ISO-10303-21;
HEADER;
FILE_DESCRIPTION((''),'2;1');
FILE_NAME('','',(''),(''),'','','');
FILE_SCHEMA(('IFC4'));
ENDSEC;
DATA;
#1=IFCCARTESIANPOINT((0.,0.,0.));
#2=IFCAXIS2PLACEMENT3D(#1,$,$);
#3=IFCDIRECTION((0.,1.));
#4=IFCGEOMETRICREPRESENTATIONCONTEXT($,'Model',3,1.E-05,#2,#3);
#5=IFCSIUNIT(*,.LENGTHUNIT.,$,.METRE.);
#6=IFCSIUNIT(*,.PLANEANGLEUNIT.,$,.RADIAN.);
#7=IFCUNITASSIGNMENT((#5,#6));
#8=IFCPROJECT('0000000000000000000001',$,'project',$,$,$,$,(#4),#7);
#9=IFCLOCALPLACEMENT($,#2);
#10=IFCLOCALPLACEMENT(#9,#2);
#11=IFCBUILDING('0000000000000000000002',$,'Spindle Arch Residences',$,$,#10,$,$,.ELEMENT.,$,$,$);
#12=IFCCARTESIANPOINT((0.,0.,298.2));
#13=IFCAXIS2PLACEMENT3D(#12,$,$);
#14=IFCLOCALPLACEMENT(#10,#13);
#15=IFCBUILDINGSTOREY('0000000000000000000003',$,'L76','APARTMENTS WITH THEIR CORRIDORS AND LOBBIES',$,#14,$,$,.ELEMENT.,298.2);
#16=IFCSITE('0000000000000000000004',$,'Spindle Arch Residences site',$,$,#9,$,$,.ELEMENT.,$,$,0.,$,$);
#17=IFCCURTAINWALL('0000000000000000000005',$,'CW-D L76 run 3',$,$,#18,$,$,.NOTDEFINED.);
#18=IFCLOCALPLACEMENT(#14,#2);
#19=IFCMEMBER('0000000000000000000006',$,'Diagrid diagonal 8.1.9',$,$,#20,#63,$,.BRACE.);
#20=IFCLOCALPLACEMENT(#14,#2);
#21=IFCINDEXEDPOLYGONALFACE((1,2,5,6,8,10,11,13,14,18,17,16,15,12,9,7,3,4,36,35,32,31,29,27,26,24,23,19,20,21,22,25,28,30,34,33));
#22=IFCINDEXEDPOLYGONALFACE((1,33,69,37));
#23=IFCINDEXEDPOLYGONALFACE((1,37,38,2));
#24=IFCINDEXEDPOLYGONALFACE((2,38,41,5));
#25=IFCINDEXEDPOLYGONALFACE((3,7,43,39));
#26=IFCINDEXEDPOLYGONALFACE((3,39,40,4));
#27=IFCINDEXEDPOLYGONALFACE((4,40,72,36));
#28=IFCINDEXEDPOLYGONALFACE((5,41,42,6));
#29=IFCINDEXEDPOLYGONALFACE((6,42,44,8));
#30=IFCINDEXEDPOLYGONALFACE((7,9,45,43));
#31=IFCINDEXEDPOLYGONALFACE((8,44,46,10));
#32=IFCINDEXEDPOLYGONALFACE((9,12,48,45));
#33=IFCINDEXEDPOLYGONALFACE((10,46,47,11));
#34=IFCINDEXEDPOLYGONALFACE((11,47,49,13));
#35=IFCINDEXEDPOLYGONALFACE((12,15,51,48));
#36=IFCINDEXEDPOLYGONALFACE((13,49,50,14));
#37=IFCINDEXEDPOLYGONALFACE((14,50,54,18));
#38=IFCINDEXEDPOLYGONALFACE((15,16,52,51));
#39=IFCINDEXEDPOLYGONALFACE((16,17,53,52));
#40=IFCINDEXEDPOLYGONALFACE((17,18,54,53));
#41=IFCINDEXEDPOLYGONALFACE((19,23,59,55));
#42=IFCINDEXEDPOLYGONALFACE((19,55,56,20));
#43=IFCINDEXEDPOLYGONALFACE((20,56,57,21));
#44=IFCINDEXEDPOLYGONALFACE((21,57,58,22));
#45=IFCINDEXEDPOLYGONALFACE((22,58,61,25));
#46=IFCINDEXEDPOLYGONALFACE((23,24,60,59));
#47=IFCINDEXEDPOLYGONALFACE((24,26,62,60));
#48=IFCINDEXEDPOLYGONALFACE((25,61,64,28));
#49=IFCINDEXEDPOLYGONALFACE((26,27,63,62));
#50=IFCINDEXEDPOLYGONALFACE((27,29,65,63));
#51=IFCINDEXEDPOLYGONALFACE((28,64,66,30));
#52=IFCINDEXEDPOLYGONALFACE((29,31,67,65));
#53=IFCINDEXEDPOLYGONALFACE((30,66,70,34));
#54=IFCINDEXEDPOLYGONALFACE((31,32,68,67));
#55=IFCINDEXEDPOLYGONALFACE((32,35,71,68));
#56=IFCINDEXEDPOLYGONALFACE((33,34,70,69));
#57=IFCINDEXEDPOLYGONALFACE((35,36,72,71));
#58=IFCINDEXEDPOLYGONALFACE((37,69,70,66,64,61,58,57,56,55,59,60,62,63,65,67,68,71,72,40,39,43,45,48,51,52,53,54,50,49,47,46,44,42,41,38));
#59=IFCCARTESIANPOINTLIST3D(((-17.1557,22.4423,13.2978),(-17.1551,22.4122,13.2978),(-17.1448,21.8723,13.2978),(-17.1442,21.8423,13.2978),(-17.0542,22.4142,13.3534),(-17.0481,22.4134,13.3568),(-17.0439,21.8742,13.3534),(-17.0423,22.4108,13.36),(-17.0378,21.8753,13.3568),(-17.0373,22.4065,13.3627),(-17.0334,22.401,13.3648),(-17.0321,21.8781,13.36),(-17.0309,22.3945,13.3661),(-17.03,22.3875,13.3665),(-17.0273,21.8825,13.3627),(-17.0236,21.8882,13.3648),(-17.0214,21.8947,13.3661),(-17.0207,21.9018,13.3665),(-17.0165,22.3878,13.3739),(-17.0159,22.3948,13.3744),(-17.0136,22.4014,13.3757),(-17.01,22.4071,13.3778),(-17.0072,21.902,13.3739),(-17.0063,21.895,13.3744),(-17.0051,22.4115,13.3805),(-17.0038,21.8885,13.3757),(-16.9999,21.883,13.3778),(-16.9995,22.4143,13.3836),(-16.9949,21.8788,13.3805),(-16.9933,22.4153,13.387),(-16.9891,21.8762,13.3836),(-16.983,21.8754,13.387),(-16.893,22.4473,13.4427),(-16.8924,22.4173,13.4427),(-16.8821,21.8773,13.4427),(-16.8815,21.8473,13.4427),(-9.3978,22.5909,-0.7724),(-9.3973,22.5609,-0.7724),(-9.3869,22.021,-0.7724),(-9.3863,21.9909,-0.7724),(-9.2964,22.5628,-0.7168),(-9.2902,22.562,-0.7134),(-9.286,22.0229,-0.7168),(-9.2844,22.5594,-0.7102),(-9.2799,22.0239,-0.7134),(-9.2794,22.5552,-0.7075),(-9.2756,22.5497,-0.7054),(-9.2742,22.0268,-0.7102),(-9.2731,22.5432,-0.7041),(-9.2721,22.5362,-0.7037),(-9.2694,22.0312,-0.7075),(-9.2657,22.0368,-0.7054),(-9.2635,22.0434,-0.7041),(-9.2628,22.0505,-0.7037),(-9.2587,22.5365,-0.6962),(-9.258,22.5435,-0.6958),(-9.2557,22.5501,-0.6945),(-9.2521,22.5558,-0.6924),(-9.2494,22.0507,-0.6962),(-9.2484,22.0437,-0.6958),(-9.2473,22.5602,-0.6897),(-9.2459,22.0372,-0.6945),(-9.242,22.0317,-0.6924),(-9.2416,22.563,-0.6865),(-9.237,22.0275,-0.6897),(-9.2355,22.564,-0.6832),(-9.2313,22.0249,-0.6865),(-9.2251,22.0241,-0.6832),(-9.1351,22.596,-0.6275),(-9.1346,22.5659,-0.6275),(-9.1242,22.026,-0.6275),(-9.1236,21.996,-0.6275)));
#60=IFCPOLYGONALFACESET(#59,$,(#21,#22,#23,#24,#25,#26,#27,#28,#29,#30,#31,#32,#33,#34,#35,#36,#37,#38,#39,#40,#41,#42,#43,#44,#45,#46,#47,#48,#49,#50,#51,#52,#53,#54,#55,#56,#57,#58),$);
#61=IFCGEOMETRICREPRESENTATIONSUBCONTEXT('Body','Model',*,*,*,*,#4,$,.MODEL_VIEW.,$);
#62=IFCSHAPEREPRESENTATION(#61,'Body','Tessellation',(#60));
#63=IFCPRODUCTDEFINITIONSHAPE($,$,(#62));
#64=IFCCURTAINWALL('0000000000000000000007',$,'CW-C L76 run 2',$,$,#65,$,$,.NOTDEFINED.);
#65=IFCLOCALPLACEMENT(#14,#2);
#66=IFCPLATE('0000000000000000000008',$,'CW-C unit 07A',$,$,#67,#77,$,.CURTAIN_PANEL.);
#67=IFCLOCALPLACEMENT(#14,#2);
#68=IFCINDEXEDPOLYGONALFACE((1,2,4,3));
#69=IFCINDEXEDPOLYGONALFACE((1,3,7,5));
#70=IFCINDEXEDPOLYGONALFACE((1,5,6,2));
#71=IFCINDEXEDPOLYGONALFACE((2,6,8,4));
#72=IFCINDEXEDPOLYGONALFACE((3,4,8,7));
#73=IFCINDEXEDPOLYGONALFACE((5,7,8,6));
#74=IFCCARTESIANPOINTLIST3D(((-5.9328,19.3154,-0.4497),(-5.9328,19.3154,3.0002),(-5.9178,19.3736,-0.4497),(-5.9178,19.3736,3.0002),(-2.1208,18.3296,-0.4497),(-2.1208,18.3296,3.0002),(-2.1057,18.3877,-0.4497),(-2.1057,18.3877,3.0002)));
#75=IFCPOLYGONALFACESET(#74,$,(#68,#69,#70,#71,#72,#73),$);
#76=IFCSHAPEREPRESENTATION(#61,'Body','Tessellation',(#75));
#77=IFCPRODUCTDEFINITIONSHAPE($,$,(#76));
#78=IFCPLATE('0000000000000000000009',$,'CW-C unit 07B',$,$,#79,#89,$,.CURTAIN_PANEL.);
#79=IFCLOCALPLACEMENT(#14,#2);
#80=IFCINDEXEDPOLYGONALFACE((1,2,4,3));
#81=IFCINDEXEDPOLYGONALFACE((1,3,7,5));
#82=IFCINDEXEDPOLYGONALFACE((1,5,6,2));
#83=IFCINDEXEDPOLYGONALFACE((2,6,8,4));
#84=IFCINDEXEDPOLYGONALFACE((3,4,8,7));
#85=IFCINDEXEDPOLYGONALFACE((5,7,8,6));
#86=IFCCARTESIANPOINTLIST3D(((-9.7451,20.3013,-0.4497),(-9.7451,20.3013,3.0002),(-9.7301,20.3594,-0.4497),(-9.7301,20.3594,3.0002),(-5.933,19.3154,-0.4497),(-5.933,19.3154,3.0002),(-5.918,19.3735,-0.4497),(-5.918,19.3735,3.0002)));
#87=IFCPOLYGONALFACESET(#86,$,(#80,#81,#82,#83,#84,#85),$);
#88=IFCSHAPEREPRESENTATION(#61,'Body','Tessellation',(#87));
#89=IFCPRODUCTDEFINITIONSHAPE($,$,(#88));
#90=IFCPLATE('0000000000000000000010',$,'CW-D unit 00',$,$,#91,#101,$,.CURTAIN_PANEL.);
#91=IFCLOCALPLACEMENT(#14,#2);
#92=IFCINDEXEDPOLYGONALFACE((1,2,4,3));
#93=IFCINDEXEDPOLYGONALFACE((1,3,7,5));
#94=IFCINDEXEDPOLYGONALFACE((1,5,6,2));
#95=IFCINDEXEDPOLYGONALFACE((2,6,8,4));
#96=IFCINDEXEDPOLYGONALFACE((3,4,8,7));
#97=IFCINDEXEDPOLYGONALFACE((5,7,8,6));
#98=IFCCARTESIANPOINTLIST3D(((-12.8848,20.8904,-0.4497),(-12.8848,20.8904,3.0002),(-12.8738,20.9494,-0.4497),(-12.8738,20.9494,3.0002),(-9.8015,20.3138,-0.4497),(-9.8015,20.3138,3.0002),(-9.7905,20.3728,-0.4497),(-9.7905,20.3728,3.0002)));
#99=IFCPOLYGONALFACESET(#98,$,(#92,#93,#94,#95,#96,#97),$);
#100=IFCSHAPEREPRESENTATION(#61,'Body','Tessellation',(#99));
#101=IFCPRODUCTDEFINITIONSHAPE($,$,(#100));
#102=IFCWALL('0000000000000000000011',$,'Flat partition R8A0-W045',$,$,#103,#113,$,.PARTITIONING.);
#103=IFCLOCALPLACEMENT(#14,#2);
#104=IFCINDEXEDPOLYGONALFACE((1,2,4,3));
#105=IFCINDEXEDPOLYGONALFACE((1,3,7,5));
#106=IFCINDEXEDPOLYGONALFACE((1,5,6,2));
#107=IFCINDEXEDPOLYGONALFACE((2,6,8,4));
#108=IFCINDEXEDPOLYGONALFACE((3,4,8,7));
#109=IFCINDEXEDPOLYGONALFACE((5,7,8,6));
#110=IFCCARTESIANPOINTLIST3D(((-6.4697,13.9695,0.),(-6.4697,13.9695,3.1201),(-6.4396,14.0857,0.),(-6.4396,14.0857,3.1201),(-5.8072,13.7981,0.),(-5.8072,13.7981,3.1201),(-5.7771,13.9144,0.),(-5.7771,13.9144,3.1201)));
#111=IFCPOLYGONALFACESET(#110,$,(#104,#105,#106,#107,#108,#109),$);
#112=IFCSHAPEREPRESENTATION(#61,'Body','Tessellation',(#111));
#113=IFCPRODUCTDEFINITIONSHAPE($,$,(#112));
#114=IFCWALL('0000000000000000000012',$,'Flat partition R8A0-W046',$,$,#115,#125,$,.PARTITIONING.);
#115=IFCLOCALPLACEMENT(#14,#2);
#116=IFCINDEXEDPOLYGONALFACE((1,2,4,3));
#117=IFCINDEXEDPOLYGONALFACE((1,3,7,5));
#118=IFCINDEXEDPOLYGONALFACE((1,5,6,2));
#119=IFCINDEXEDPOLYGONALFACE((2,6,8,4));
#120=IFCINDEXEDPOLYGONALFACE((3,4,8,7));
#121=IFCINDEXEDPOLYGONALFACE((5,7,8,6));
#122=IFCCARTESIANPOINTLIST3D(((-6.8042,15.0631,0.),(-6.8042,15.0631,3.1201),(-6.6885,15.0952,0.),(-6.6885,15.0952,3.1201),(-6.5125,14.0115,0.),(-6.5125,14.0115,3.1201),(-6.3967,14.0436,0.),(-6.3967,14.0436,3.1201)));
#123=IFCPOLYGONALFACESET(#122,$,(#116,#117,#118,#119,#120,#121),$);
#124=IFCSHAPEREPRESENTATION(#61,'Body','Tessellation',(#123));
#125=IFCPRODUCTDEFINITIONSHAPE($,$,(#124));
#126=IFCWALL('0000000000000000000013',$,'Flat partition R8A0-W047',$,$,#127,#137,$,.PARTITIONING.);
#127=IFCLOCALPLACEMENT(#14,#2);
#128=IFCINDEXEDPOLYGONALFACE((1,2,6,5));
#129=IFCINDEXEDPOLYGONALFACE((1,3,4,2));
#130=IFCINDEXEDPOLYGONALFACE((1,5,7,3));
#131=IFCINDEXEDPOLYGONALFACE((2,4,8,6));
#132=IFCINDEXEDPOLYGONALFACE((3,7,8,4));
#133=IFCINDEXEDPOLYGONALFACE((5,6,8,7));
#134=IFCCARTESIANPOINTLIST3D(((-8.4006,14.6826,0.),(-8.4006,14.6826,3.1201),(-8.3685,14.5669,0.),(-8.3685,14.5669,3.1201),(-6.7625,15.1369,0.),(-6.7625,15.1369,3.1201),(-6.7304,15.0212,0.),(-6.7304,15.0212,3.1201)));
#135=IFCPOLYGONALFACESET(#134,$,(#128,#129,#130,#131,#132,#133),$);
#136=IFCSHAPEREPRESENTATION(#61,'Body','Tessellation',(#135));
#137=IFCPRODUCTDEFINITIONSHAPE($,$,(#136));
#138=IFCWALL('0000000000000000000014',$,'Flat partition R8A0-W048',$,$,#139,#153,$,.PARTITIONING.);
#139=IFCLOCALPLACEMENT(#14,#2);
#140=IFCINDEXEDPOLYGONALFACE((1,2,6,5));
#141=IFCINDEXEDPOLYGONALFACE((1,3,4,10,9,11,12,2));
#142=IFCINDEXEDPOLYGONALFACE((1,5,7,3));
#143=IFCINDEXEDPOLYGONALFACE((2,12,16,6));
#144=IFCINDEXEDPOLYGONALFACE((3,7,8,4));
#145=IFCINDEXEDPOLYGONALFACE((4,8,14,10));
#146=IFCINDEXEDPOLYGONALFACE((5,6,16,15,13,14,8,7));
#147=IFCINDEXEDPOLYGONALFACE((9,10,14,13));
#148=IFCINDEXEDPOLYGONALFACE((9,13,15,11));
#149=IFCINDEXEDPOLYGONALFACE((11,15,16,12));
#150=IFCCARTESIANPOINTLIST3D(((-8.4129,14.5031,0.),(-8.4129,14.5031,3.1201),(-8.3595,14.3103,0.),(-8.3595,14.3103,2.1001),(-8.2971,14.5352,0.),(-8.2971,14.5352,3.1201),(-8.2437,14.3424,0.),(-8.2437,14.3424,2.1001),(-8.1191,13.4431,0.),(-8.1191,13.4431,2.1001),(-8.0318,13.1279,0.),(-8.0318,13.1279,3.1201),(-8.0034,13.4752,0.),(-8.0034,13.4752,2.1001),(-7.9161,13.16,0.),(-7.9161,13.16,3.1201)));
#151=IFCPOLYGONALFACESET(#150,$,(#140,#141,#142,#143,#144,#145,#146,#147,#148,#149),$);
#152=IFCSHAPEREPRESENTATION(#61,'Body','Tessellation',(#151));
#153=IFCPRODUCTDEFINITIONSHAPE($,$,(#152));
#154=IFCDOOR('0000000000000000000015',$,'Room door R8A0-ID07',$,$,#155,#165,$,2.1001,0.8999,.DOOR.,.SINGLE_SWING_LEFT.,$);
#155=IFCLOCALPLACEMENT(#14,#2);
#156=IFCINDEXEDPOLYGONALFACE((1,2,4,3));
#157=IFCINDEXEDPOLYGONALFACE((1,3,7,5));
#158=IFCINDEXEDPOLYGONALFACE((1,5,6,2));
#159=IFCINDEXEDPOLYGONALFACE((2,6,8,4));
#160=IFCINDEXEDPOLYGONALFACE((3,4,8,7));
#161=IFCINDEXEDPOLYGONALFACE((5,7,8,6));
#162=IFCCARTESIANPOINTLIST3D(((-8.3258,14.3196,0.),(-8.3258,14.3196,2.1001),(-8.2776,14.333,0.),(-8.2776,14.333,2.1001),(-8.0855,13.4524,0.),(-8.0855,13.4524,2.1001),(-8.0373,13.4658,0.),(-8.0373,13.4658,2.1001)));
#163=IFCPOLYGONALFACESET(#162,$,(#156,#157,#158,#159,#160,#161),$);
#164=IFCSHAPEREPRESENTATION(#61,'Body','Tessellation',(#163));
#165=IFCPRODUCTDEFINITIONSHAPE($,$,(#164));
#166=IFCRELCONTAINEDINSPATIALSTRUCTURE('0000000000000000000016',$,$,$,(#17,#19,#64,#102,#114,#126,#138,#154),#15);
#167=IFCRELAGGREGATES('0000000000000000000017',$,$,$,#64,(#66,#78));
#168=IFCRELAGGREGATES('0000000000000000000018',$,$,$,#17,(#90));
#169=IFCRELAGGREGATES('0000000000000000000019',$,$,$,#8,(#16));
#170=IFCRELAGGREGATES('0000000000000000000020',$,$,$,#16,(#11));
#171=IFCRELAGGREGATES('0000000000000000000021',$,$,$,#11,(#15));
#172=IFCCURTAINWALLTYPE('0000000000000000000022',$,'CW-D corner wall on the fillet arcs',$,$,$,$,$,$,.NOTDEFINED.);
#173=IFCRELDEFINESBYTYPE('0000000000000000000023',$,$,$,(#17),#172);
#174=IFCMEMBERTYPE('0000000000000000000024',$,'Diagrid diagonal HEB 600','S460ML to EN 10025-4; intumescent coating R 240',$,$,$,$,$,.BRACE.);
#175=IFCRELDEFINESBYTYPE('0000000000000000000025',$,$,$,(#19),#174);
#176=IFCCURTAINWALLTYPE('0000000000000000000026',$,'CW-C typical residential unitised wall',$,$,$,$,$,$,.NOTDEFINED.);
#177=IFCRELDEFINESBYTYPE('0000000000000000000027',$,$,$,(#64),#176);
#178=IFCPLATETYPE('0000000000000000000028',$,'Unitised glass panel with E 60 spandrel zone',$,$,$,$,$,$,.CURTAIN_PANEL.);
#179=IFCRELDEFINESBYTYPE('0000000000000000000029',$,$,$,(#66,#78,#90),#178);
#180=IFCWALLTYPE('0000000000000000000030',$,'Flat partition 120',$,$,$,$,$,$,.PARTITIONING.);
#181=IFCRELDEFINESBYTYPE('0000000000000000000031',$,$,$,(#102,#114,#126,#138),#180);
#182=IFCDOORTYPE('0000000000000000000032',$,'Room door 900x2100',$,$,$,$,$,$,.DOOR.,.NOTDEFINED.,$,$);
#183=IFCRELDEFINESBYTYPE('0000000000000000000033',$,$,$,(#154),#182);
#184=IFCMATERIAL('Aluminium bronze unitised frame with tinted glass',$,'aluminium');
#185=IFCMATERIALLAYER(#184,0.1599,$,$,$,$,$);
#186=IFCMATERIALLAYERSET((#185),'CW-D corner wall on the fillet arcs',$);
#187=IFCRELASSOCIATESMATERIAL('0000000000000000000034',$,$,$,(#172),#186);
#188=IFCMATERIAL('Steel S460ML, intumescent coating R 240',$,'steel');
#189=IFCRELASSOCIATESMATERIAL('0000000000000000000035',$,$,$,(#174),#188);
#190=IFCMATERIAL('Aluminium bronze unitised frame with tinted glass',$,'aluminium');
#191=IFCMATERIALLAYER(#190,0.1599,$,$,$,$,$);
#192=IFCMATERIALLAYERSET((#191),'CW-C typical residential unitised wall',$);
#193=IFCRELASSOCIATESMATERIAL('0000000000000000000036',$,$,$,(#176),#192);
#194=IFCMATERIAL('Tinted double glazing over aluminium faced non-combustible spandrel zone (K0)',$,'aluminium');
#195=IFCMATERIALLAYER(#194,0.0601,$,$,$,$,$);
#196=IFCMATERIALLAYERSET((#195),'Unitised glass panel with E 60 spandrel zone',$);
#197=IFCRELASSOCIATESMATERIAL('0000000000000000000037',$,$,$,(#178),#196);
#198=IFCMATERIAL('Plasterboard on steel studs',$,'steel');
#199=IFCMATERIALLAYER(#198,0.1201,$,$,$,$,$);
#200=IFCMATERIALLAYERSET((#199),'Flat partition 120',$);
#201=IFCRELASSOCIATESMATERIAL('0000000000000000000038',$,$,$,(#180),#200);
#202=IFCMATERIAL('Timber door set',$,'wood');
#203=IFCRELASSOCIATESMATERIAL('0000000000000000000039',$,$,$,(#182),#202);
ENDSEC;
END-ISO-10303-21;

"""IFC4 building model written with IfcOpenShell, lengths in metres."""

from ifc_helpers import new_model, si_unit, direction, frame, frame_2d, origin, origin_2d, place, context, subcontext, project, spatial, rectangle, i_section, extrude, material, layer, layer_set, material_profile, profile_set, type_object, element, fill, aggregate, save


model = new_model("IFC4")

# Units and contexts
model_context = context("Model", 3, precision=1e-05, world=origin(), true_north=direction((0.0, 1.0)))
body_context = subcontext(model_context, "Body", "Model", "MODEL_VIEW")
ifc_project = project(units=[si_unit("LENGTHUNIT", "METRE"), si_unit("PLANEANGLEUNIT", "RADIAN")], contexts=[model_context])

# Site, building, storey
site_placement = place(None, origin())
site = spatial("IfcSite", under=ifc_project, at=site_placement, Name="Spindle Arch Residences site", CompositionType="ELEMENT", RefElevation=0.0)
building_placement = place(site_placement, origin())
building = spatial("IfcBuilding", under=site, at=building_placement, Name="Spindle Arch Residences", CompositionType="ELEMENT")
storey_placement = place(building_placement, frame((0.0, 0.0, 298.2)))
storey = spatial("IfcBuildingStorey", under=building, at=storey_placement, Name="L76", Description="APARTMENTS WITH THEIR CORRIDORS AND LOBBIES", CompositionType="ELEMENT", Elevation=298.2)

# Curtain wall
ifc_material_1 = material(Name="Aluminium bronze unitised frame with tinted glass", Category="aluminium")
ifc_layer_1 = layer(ifc_material_1, 0.1599)
ifc_layer_set_1 = layer_set([ifc_layer_1], Name="CW-D corner wall on the fillet arcs")
curtain_wall_type_1 = type_object("IfcCurtainWallType", Name="CW-D corner wall on the fillet arcs", PredefinedType="NOTDEFINED", material=ifc_layer_set_1)
curtain_wall_1_placement = place(storey_placement, origin())
curtain_wall_1 = element("IfcCurtainWall", 1, at=curtain_wall_1_placement, inside=storey, type_object=curtain_wall_type_1, Name="CW-D L76 run 3", PredefinedType="NOTDEFINED")

# Member
ifc_material_2 = material(Name="Steel S460ML, intumescent coating R 240", Category="steel")
ifc_material_profile_1 = material_profile(ifc_material_2, i_section(OverallWidth=0.3, OverallDepth=0.6001, WebThickness=0.0154, FlangeThickness=0.03, FilletRadius=0.0271, at=origin_2d()), Name="HEB 600")
ifc_profile_set_1 = profile_set([ifc_material_profile_1], Name="Steel S460ML, intumescent coating R 240")
member_type_1 = type_object("IfcMemberType", Name="Diagrid diagonal HEB 600", Description="S460ML to EN 10025-4; intumescent coating R 240", PredefinedType="BRACE", material=ifc_profile_set_1)
member_1_placement = place(storey_placement, frame((-9.2607, 22.2935, -0.7), z_axis=(-0.482819, -0.009253, 0.875671), x_axis=(0.875511, 0.01678, 0.482908)))
element("IfcMember", 2, at=member_1_placement, inside=storey, type_object=member_type_1, Name="Diagrid diagonal 8.1.9", PredefinedType="BRACE", context=body_context, shape_type="SweptSolid", body=[
    extrude(i_section(OverallWidth=0.3, OverallDepth=0.6001, WebThickness=0.0154, FlangeThickness=0.03, FilletRadius=0.0271, at=origin_2d()), origin(), (0.0, 0.0, 1.0), 16.0679),
])

# Curtain wall, plates
ifc_material_3 = material(Name="Aluminium bronze unitised frame with tinted glass", Category="aluminium")
ifc_layer_2 = layer(ifc_material_3, 0.1599)
ifc_layer_set_2 = layer_set([ifc_layer_2], Name="CW-C typical residential unitised wall")
curtain_wall_type_2 = type_object("IfcCurtainWallType", Name="CW-C typical residential unitised wall", PredefinedType="NOTDEFINED", material=ifc_layer_set_2)
curtain_wall_2_placement = place(storey_placement, origin())
curtain_wall_2 = element("IfcCurtainWall", 3, at=curtain_wall_2_placement, inside=storey, type_object=curtain_wall_type_2, Name="CW-C L76 run 2", PredefinedType="NOTDEFINED")
ifc_material_4 = material(Name="Tinted double glazing over aluminium faced non-combustible spandrel zone (K0)", Category="aluminium")
ifc_layer_3 = layer(ifc_material_4, 0.0601)
ifc_layer_set_3 = layer_set([ifc_layer_3], Name="Unitised glass panel with E 60 spandrel zone")
plate_type = type_object("IfcPlateType", Name="Unitised glass panel with E 60 spandrel zone", PredefinedType="CURTAIN_PANEL", material=ifc_layer_set_3)
plate_1_placement = place(storey_placement, frame((-4.0193, 18.8516, -0.4497), z_axis=(0.0, 0.0, 1.0), x_axis=(-0.968148, 0.25038, 0.0)))
plate_1 = element("IfcPlate", 4, at=plate_1_placement, type_object=plate_type, Name="CW-C unit 07A", PredefinedType="CURTAIN_PANEL", context=body_context, shape_type="SweptSolid", body=[
    extrude(rectangle(XDim=3.9375, YDim=0.0601, at=origin_2d()), origin(), (0.0, 0.0, 1.0), 3.45),
])
plate_2_placement = place(storey_placement, frame((-7.8315, 19.8374, -0.4497), z_axis=(0.0, 0.0, 1.0), x_axis=(-0.968148, 0.25038, 0.0)))
plate_2 = element("IfcPlate", 5, at=plate_2_placement, type_object=plate_type, Name="CW-C unit 07B", PredefinedType="CURTAIN_PANEL", context=body_context, shape_type="SweptSolid", body=[
    extrude(rectangle(XDim=3.9375, YDim=0.0601, at=origin_2d()), origin(), (0.0, 0.0, 1.0), 3.45),
])
aggregate(curtain_wall_2, [plate_1, plate_2])

# Plate
plate_3_placement = place(storey_placement, frame((-11.3376, 20.6316, -0.4497), z_axis=(0.0, 0.0, 1.0), x_axis=(-0.982957, 0.183837, 0.0)))
plate_3 = element("IfcPlate", 6, at=plate_3_placement, type_object=plate_type, Name="CW-D unit 00", PredefinedType="CURTAIN_PANEL", context=body_context, shape_type="SweptSolid", body=[
    extrude(rectangle(XDim=3.1367, YDim=0.0601, at=origin_2d()), origin(), (0.0, 0.0, 1.0), 3.45),
])
aggregate(curtain_wall_1, [plate_3])

# Walls
ifc_material_5 = material(Name="Plasterboard on steel studs", Category="steel")
ifc_layer_4 = layer(ifc_material_5, 0.1201)
ifc_layer_set_4 = layer_set([ifc_layer_4], Name="Flat partition 120")
wall_type_1 = type_object("IfcWallType", Name="Flat partition 120", PredefinedType="PARTITIONING", material=ifc_layer_set_4)
wall_1_placement = place(storey_placement, frame((-5.792, 13.8562, 0.0), z_axis=(0.0, 0.0, 1.0), x_axis=(-0.968138, 0.250417, 0.0)))
element("IfcWall", 7, at=wall_1_placement, inside=storey, type_object=wall_type_1, Name="Flat partition R8A0-W045", PredefinedType="PARTITIONING", context=body_context, shape_type="SweptSolid", body=[
    extrude(rectangle(XDim=0.6843, YDim=0.1201, at=frame_2d((0.3423, 0.0))), origin(), (0.0, 0.0, 1.0), 3.1201),
])
wall_2_placement = place(storey_placement, frame((-6.4546, 14.0276, 0.0), z_axis=(0.0, 0.0, 1.0), x_axis=(-0.267355, 0.963598, 0.0)))
element("IfcWall", 8, at=wall_2_placement, inside=storey, type_object=wall_type_1, Name="Flat partition R8A0-W046", PredefinedType="PARTITIONING", context=body_context, shape_type="SweptSolid", body=[
    extrude(rectangle(XDim=1.0913, YDim=0.1201, at=frame_2d((0.5457, 0.0))), origin(), (0.0, 0.0, 1.0), 3.1201),
])
wall_3_placement = place(storey_placement, frame((-6.7463, 15.0791, 0.0), z_axis=(0.0, 0.0, 1.0), x_axis=(-0.963625, -0.267259, 0.0)))
element("IfcWall", 9, at=wall_3_placement, inside=storey, type_object=wall_type_1, Name="Flat partition R8A0-W047", PredefinedType="PARTITIONING", context=body_context, shape_type="SweptSolid", body=[
    extrude(rectangle(XDim=1.7, YDim=0.1201, at=frame_2d((0.8501, 0.0))), origin(), (0.0, 0.0, 1.0), 3.1201),
])

# Wall, opening, door
wall_4_placement = place(storey_placement, frame((-8.355, 14.519, 0.0), z_axis=(0.0, 0.0, 1.0), x_axis=(0.267053, -0.963682, 0.0)))
wall_4 = element("IfcWall", 10, at=wall_4_placement, inside=storey, type_object=wall_type_1, Name="Flat partition R8A0-W048", PredefinedType="PARTITIONING", context=body_context, shape_type="SweptSolid", body=[
    extrude(rectangle(XDim=1.427, YDim=0.1201, at=frame_2d((0.7134, 0.0))), origin(), (0.0, 0.0, 1.0), 3.1201),
])
opening_1_placement = place(wall_4_placement, frame((0.2, 0.0, 0.0)))
opening_1 = element("IfcOpeningElement", 11, at=opening_1_placement, cuts=wall_4, PredefinedType="OPENING", context=body_context, shape_type="SweptSolid", body=[
    extrude(rectangle(XDim=0.8999, YDim=2.1001, at=frame_2d((0.45, 1.05))), frame((0.0, 0.0701, 0.0), z_axis=(0.0, -1.0, 0.0), x_axis=(1.0, 0.0, 0.0)), (0.0, 0.0, 1.0), 0.1401),
])
ifc_material_6 = material(Name="Timber door set", Category="wood")
door_type_1 = type_object("IfcDoorType", Name="Room door 900x2100", OperationType="NOTDEFINED", PredefinedType="DOOR", material=ifc_material_6)
door_1_placement = place(opening_1_placement, origin())
door_1 = element("IfcDoor", 12, at=door_1_placement, inside=storey, type_object=door_type_1, Name="Room door R8A0-ID07", OperationType="SINGLE_SWING_LEFT", OverallHeight=2.1001, OverallWidth=0.8999, PredefinedType="DOOR", context=body_context, shape_type="SweptSolid", body=[
    extrude(rectangle(XDim=0.8999, YDim=2.1001, at=frame_2d((0.45, 1.05))), frame((0.0, 0.0249, 0.0), z_axis=(0.0, -1.0, 0.0), x_axis=(1.0, 0.0, 0.0)), (0.0, 0.0, 1.0), 0.05),
])
fill(opening_1, door_1)

save(model, "model.ifc")
